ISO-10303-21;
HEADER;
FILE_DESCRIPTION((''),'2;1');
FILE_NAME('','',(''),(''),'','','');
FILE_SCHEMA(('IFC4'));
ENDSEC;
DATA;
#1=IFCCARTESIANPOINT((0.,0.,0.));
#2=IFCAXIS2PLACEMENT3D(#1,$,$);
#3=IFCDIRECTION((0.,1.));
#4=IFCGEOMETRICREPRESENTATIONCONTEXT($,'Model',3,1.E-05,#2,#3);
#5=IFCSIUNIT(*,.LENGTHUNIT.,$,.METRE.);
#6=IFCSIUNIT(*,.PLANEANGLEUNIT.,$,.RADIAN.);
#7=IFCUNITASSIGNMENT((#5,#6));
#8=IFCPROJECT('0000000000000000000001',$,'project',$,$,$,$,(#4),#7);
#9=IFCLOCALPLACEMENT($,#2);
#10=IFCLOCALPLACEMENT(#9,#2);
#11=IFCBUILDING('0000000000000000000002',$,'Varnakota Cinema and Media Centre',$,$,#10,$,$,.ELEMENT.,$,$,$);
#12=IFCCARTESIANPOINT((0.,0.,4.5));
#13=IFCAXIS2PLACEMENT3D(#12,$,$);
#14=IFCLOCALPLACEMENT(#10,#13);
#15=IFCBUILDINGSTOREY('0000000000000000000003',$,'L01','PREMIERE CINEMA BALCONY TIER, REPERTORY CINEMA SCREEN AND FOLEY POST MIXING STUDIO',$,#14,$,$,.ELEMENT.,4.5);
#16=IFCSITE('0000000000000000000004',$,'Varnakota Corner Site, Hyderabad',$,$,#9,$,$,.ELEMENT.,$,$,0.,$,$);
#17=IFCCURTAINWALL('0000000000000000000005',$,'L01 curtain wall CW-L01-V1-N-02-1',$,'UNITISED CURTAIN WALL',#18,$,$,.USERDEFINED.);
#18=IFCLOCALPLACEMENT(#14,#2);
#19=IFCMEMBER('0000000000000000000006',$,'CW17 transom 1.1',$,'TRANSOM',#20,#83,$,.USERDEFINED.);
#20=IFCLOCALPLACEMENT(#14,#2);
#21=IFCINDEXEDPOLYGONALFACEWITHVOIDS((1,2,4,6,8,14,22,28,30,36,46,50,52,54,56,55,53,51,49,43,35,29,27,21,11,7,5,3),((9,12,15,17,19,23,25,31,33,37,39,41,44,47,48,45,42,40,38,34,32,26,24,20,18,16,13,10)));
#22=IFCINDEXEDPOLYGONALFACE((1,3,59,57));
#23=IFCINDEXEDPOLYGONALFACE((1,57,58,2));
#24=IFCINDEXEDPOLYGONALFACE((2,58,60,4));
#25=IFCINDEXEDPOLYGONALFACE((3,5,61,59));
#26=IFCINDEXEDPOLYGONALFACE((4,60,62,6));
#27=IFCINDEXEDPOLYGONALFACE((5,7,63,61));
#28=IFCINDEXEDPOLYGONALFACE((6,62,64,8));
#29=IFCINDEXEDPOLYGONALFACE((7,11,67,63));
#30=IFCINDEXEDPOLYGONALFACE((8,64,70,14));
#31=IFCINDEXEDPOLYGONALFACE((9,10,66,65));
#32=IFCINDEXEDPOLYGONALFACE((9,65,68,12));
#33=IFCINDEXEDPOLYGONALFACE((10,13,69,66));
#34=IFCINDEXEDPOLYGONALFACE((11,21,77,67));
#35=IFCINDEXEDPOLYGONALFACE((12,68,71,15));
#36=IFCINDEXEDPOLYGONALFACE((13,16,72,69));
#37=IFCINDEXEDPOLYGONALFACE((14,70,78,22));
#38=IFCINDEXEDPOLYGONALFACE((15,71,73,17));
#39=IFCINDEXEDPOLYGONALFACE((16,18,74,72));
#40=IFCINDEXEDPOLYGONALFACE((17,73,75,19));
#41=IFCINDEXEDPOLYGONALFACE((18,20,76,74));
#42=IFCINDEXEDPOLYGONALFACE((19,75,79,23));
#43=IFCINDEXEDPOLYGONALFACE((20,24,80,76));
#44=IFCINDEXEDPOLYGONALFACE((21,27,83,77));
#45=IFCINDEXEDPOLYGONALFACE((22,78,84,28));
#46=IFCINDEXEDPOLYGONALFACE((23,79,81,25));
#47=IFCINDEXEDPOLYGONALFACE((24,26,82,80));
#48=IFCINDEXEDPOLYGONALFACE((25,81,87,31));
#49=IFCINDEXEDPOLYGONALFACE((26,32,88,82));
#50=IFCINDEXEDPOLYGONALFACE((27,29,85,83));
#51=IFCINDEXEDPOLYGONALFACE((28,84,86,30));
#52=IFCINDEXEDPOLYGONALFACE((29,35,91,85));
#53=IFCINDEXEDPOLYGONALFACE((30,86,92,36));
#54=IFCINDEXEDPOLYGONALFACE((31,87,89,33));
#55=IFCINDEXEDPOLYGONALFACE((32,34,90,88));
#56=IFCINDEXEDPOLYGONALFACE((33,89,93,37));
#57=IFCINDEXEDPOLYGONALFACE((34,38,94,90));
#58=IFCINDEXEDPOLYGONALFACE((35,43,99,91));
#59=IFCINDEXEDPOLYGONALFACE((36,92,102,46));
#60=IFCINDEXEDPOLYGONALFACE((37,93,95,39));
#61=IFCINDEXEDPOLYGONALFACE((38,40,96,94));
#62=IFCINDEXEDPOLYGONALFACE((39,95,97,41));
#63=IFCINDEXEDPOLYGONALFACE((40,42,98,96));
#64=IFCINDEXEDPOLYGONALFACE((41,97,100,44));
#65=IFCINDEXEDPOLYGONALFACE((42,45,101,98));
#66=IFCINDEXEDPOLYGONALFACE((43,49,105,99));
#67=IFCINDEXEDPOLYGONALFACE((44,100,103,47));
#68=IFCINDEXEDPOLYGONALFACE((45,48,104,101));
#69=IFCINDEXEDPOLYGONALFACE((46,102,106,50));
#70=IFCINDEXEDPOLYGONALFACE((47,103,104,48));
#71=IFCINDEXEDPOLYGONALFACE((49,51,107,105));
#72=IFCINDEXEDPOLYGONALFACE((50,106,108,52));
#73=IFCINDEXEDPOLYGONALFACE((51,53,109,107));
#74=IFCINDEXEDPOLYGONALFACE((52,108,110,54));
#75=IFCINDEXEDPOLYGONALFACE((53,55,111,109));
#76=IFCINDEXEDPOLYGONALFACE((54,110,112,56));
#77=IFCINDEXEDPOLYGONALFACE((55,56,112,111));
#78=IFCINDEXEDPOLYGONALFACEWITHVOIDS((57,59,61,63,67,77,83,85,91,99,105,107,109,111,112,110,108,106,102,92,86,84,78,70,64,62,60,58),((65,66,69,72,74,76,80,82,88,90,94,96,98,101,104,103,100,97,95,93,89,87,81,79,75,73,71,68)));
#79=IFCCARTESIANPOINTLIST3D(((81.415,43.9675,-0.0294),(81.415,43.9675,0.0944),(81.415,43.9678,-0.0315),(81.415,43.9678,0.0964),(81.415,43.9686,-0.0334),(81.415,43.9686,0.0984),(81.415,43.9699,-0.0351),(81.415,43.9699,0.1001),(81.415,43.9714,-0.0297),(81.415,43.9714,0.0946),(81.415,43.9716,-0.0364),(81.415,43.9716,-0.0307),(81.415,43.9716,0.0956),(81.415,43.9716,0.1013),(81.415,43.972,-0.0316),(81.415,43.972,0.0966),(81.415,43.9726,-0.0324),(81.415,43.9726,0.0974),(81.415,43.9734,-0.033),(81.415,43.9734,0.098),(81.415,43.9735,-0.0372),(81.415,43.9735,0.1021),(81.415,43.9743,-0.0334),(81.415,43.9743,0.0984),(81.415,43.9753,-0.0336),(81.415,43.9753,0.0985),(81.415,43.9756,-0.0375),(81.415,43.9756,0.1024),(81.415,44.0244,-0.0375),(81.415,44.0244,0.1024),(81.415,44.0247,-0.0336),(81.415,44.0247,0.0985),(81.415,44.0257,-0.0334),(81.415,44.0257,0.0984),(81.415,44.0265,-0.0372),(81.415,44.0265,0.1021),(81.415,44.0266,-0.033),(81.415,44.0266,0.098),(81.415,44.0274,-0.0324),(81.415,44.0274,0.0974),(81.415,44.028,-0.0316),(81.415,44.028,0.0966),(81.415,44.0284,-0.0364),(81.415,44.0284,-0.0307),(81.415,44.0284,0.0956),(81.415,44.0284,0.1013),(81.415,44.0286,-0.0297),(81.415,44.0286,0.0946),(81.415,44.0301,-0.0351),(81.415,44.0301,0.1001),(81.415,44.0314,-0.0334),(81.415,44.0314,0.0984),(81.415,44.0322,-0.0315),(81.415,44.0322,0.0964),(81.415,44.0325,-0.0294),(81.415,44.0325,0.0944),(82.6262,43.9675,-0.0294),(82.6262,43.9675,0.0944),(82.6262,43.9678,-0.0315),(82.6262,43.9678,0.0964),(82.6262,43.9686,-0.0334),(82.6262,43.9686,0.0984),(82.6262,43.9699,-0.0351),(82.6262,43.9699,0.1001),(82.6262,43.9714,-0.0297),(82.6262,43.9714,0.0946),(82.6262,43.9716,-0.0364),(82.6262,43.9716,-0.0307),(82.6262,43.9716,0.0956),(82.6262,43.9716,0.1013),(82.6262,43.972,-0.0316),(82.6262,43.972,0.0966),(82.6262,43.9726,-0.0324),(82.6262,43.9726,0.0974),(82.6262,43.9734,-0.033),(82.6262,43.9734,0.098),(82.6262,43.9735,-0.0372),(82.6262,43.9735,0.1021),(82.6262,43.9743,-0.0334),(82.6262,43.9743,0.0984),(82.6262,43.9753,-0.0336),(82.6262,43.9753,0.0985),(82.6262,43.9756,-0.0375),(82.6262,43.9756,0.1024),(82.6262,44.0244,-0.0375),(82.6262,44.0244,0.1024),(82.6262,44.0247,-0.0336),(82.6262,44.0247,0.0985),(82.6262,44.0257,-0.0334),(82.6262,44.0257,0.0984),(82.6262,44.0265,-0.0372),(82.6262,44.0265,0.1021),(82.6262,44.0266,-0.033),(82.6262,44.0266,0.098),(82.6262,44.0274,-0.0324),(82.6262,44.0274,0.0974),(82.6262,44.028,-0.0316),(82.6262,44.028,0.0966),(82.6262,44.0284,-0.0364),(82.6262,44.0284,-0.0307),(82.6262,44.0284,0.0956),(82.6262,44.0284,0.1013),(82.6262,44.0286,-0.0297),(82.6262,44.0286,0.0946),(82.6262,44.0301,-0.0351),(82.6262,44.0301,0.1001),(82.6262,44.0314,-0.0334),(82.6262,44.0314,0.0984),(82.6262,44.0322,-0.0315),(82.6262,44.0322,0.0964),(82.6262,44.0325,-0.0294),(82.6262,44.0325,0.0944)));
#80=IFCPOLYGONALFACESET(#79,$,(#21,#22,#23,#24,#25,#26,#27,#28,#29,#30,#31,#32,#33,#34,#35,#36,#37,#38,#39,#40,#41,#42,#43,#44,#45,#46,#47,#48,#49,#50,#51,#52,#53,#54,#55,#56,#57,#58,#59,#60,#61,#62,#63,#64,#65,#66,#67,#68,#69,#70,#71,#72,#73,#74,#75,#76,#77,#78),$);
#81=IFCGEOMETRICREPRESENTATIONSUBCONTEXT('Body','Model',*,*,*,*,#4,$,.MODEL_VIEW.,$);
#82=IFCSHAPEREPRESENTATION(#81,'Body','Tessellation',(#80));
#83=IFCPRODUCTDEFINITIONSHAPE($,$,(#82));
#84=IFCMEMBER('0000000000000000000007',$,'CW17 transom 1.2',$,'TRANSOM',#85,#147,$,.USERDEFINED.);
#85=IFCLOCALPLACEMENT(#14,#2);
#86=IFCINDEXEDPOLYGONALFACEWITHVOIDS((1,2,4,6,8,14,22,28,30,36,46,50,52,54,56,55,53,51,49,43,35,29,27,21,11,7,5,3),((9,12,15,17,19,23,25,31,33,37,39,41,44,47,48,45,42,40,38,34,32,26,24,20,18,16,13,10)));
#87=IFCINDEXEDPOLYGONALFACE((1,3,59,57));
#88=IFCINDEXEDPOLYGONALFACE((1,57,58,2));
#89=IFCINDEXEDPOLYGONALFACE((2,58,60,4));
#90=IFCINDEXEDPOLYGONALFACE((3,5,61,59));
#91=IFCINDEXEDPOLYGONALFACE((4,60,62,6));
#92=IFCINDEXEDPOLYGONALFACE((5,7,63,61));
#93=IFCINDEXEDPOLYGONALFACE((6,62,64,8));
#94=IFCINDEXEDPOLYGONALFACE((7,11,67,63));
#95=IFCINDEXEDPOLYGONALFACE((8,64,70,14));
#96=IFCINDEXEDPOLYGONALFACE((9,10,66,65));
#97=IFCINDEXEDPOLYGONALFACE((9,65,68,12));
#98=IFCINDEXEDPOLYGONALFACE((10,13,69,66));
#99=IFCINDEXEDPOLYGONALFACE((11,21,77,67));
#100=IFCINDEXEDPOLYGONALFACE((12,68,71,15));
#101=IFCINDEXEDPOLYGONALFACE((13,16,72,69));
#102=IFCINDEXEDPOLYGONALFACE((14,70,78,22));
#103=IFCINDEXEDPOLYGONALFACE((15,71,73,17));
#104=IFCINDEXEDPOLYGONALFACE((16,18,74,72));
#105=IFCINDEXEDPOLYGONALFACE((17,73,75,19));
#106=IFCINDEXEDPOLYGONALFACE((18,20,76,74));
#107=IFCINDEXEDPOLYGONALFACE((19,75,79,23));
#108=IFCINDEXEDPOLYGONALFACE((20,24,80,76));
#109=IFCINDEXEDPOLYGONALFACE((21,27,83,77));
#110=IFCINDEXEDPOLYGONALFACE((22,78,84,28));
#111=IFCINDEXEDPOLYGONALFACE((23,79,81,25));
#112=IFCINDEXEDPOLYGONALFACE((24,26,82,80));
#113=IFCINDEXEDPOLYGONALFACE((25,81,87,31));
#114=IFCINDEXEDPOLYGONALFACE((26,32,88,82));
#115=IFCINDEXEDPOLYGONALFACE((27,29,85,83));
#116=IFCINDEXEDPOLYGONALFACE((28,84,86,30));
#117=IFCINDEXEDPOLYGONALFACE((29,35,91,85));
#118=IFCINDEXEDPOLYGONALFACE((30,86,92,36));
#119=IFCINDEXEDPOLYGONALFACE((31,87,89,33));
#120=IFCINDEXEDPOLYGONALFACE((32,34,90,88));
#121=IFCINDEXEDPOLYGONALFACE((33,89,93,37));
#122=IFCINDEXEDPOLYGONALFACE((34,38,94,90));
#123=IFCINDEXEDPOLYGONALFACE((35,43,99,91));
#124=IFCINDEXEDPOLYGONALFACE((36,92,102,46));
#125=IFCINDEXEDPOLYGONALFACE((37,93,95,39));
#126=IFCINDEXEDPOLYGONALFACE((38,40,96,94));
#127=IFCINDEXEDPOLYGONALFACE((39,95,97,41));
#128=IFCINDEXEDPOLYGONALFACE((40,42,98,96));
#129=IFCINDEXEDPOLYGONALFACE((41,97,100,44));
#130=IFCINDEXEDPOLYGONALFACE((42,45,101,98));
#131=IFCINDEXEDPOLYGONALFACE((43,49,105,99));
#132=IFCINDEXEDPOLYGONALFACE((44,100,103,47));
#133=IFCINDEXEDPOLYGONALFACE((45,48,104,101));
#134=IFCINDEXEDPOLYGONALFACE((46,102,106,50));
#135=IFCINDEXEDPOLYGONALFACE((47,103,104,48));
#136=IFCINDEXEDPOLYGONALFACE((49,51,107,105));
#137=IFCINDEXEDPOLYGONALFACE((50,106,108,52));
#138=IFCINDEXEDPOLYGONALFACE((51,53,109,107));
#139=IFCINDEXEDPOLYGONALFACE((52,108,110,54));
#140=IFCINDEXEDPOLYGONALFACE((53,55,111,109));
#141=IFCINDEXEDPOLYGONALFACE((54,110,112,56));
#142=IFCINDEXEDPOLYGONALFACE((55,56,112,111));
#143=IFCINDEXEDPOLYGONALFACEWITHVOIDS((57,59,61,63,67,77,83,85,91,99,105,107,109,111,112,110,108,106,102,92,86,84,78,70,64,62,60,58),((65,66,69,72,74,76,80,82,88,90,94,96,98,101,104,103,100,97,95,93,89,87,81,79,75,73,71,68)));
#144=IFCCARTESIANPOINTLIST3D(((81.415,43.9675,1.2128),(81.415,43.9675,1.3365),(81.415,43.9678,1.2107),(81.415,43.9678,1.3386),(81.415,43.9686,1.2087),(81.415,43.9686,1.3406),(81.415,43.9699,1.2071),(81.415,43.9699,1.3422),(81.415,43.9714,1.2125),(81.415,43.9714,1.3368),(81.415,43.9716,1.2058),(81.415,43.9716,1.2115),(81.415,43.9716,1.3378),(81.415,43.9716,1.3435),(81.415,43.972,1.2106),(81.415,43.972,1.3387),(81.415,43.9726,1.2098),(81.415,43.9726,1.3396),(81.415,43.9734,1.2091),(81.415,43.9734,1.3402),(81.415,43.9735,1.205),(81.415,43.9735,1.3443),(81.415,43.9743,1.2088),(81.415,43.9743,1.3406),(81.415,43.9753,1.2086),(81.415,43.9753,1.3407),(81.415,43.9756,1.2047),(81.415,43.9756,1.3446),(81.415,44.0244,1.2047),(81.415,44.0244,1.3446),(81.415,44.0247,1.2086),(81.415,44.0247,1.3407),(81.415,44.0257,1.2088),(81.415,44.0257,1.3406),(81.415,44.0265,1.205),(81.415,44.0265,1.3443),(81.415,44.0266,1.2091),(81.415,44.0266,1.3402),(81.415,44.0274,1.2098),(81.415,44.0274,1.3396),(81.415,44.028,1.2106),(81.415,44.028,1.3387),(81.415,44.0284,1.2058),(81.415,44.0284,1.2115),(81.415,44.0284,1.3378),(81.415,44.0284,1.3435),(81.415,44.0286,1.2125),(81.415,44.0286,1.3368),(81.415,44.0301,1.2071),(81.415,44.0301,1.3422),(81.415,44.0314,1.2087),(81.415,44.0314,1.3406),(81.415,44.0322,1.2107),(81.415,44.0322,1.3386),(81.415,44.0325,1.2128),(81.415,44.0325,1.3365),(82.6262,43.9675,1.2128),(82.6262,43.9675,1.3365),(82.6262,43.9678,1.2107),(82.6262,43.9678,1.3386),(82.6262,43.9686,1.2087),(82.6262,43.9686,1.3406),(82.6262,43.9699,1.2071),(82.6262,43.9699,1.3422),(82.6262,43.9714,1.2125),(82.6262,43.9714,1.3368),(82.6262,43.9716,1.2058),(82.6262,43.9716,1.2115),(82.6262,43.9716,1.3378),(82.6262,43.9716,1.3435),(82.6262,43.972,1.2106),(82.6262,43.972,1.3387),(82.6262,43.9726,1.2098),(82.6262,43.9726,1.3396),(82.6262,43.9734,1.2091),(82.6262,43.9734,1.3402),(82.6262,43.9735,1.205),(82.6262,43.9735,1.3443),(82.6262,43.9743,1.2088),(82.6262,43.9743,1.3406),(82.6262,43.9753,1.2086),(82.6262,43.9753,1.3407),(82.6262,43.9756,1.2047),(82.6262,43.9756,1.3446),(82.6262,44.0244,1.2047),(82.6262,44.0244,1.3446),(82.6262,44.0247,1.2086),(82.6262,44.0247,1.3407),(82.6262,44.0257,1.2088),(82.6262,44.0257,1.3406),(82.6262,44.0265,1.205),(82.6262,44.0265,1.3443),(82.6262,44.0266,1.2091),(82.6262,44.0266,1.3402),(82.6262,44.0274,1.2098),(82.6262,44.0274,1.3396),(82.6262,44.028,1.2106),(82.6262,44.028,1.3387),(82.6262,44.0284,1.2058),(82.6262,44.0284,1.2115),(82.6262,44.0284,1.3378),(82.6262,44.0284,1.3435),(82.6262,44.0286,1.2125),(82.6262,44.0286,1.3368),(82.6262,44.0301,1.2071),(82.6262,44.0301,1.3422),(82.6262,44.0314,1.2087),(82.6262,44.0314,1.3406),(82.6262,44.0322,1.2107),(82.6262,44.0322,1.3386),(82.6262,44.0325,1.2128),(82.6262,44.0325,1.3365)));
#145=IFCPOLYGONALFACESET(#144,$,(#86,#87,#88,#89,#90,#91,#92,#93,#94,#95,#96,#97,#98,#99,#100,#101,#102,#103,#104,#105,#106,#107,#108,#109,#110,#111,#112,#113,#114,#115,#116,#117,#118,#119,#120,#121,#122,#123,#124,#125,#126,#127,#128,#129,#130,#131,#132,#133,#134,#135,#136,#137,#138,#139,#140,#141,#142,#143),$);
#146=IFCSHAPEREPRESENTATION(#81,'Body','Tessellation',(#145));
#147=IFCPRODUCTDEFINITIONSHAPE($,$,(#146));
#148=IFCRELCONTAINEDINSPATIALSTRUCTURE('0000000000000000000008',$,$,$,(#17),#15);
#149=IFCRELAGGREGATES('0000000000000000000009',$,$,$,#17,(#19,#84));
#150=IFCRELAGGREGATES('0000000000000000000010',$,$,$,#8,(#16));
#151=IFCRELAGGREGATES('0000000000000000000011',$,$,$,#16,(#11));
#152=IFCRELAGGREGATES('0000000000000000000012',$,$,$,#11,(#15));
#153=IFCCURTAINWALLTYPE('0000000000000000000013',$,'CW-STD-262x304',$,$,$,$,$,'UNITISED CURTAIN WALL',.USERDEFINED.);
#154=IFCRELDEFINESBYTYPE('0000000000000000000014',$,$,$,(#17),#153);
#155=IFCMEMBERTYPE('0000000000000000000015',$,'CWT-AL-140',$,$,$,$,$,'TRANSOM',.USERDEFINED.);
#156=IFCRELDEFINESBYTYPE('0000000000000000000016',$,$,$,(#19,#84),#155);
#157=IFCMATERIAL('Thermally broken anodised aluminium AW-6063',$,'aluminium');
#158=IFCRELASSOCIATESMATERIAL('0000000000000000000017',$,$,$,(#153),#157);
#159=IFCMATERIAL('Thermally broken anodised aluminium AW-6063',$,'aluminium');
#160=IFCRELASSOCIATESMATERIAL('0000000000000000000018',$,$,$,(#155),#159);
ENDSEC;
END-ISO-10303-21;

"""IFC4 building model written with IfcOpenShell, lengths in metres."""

from ifc_helpers import new_model, si_unit, direction, frame, origin, origin_2d, place, context, subcontext, project, spatial, hollow_rectangle, extrude, material, material_profile, profile_set, type_object, element, aggregate, save


model = new_model("IFC4")

# Units and contexts
model_context = context("Model", 3, precision=1e-05, world=origin(), true_north=direction((0.0, 1.0)))
body_context = subcontext(model_context, "Body", "Model", "MODEL_VIEW")
ifc_project = project(units=[si_unit("LENGTHUNIT", "METRE"), si_unit("PLANEANGLEUNIT", "RADIAN")], contexts=[model_context])

# Site, building, storey
site_placement = place(None, origin())
site = spatial("IfcSite", under=ifc_project, at=site_placement, Name="Varnakota Corner Site, Hyderabad", CompositionType="ELEMENT", RefElevation=0.0)
building_placement = place(site_placement, origin())
building = spatial("IfcBuilding", under=site, at=building_placement, Name="Varnakota Cinema and Media Centre", CompositionType="ELEMENT")
storey_placement = place(building_placement, frame((0.0, 0.0, 4.5)))
storey = spatial("IfcBuildingStorey", under=building, at=storey_placement, Name="L01", Description="PREMIERE CINEMA BALCONY TIER, REPERTORY CINEMA SCREEN AND FOLEY POST MIXING STUDIO", CompositionType="ELEMENT", Elevation=4.5)

# Curtain wall
ifc_material_1 = material(Name="Thermally broken anodised aluminium AW-6063", Category="aluminium")
curtain_wall_type = type_object("IfcCurtainWallType", Name="CW-STD-262x304", ElementType="UNITISED CURTAIN WALL", PredefinedType="USERDEFINED", material=ifc_material_1)
curtain_wall_1_placement = place(storey_placement, origin())
curtain_wall_1 = element("IfcCurtainWall", 1, at=curtain_wall_1_placement, inside=storey, type_object=curtain_wall_type, Name="L01 curtain wall CW-L01-V1-N-02-1", ObjectType="UNITISED CURTAIN WALL", PredefinedType="USERDEFINED")

# Members
ifc_material_2 = material(Name="Thermally broken anodised aluminium AW-6063", Category="aluminium")
ifc_material_profile_1 = material_profile(ifc_material_2, hollow_rectangle(XDim=0.0649, YDim=0.1399, WallThickness=0.0039, InnerFilletRadius=0.0039, OuterFilletRadius=0.0081, at=origin_2d()), Name="AL-TRANSOM 140x65x4")
ifc_profile_set_1 = profile_set([ifc_material_profile_1], Name="Thermally broken anodised aluminium AW-6063")
member_type_1 = type_object("IfcMemberType", Name="CWT-AL-140", ElementType="TRANSOM", PredefinedType="USERDEFINED", material=ifc_profile_set_1)
member_1_placement = place(storey_placement, frame((81.415, 44.0, 0.0325), z_axis=(1.0, 0.0, 0.0), x_axis=(0.0, 1.0, 0.0)))
member_1 = element("IfcMember", 2, at=member_1_placement, type_object=member_type_1, Name="CW17 transom 1.1", ObjectType="TRANSOM", PredefinedType="USERDEFINED", context=body_context, shape_type="SweptSolid", body=[
    extrude(hollow_rectangle(XDim=0.0649, YDim=0.1399, WallThickness=0.0039, InnerFilletRadius=0.0039, OuterFilletRadius=0.0081, at=origin_2d()), origin(), (0.0, 0.0, 1.0), 1.2112),
])
member_2_placement = place(storey_placement, frame((81.415, 44.0, 1.2747), z_axis=(1.0, 0.0, 0.0), x_axis=(0.0, 1.0, 0.0)))
member_2 = element("IfcMember", 3, at=member_2_placement, type_object=member_type_1, Name="CW17 transom 1.2", ObjectType="TRANSOM", PredefinedType="USERDEFINED", context=body_context, shape_type="SweptSolid", body=[
    extrude(hollow_rectangle(XDim=0.0649, YDim=0.1399, WallThickness=0.0039, InnerFilletRadius=0.0039, OuterFilletRadius=0.0081, at=origin_2d()), origin(), (0.0, 0.0, 1.0), 1.2112),
])

aggregate(curtain_wall_1, [member_1, member_2])

save(model, "model.ifc")
